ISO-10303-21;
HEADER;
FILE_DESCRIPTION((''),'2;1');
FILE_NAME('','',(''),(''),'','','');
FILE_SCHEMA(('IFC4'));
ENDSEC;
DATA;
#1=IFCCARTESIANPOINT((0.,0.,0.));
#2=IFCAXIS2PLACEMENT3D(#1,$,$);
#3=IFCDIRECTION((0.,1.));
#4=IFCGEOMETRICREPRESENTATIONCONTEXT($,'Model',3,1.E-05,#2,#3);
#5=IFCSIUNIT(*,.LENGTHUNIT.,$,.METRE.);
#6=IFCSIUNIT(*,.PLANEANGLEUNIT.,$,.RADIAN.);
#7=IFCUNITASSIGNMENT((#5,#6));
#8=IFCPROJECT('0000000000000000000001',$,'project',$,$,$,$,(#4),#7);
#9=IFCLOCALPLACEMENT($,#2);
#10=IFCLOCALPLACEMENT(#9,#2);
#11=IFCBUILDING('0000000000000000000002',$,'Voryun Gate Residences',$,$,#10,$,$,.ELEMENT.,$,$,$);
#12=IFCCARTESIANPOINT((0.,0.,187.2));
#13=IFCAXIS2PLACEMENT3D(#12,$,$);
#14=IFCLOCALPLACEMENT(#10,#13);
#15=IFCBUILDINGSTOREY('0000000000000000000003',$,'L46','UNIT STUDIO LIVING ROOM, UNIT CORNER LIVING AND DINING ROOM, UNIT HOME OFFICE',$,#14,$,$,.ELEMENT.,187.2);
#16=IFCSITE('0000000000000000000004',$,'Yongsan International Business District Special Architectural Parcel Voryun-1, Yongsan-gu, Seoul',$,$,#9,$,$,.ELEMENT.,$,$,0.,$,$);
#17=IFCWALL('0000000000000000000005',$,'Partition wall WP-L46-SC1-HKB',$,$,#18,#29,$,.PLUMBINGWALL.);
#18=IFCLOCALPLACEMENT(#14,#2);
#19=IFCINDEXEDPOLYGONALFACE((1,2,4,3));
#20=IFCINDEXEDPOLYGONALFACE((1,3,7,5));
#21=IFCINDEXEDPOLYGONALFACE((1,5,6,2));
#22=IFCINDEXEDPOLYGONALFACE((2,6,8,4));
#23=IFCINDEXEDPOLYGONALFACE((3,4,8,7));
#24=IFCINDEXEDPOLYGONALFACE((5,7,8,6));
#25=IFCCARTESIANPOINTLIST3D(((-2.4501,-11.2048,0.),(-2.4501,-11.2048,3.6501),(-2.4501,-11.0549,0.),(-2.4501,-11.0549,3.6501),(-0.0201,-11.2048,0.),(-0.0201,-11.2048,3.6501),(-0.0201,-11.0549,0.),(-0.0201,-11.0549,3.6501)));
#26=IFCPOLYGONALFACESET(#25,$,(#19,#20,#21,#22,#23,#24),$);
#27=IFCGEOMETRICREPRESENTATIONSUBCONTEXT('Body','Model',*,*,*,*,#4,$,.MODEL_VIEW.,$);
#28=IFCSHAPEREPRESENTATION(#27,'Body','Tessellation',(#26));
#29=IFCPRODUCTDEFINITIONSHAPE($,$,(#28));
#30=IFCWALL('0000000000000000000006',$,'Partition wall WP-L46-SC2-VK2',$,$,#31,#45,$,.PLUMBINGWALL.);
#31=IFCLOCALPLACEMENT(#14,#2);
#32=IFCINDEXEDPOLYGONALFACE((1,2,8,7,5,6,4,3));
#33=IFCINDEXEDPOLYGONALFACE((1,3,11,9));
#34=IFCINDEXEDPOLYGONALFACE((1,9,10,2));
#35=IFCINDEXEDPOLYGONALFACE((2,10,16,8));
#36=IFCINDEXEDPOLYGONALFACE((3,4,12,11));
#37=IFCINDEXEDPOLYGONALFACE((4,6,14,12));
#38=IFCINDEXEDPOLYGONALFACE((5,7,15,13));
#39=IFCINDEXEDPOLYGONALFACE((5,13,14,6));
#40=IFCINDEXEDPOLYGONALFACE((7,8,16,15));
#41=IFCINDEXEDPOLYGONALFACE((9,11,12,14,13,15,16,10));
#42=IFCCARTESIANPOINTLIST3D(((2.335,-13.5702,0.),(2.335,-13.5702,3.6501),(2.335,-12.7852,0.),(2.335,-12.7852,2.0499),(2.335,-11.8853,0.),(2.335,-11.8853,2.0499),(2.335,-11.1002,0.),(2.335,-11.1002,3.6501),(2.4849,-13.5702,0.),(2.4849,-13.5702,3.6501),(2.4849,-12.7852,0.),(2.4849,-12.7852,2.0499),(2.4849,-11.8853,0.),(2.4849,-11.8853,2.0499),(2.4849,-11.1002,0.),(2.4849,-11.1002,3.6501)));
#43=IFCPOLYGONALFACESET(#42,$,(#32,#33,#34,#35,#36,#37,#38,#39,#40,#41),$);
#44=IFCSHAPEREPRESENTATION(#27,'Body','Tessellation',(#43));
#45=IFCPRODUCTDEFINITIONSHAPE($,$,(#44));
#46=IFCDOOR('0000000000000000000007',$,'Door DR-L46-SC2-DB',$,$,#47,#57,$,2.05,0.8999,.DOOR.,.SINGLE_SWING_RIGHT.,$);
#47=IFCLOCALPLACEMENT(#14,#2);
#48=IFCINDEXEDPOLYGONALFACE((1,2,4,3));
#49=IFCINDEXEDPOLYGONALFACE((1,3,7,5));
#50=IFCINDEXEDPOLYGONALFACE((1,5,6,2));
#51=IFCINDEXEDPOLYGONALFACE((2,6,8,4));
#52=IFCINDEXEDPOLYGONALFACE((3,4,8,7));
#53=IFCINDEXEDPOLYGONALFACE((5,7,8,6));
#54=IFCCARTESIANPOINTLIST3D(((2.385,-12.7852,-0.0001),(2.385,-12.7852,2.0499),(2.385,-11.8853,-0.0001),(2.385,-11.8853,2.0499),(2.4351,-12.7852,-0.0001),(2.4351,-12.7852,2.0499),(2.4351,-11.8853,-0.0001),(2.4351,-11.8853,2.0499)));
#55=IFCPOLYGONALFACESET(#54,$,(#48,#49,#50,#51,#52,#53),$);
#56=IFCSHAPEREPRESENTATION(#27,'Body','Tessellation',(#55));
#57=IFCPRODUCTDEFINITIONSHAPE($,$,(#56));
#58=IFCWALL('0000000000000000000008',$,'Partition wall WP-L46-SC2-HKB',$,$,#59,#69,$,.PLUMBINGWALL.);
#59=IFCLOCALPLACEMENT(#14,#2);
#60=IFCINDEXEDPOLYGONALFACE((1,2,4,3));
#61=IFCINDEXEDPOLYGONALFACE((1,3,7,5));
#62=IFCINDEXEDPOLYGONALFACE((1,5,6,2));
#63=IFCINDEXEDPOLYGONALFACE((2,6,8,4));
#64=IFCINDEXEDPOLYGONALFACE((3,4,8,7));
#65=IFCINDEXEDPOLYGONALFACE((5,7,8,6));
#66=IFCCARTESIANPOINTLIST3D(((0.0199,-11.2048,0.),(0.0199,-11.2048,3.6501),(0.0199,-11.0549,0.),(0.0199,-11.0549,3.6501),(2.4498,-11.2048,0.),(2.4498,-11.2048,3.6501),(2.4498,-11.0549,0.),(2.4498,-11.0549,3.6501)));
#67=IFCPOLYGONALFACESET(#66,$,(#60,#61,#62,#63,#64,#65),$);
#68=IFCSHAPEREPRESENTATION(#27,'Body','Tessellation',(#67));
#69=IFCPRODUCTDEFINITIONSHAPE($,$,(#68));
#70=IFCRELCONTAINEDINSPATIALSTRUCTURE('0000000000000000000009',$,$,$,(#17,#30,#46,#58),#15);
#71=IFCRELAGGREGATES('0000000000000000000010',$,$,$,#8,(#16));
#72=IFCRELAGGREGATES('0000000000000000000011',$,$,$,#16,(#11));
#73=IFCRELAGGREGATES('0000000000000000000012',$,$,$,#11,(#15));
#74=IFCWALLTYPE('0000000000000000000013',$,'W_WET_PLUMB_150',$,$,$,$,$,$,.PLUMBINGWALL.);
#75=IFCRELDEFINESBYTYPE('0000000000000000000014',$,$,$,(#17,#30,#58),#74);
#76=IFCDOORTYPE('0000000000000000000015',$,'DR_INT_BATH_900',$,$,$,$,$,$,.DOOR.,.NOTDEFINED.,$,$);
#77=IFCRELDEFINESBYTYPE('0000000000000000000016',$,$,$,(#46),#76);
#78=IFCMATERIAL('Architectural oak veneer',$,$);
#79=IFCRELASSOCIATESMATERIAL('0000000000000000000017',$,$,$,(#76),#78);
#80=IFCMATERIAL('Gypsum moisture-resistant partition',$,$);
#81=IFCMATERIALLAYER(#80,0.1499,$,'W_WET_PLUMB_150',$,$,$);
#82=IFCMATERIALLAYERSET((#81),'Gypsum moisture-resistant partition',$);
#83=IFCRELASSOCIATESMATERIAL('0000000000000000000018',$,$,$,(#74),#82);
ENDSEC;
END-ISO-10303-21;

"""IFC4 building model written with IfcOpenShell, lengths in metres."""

from ifc_helpers import new_model, si_unit, direction, frame, frame_2d, origin, place, context, subcontext, project, spatial, rectangle, extrude, material, layer, layer_set, type_object, element, fill, save


model = new_model("IFC4")

# Units and contexts
model_context = context("Model", 3, precision=1e-05, world=origin(), true_north=direction((0.0, 1.0)))
body_context = subcontext(model_context, "Body", "Model", "MODEL_VIEW")
ifc_project = project(units=[si_unit("LENGTHUNIT", "METRE"), si_unit("PLANEANGLEUNIT", "RADIAN")], contexts=[model_context])

# Site, building, storey
site_placement = place(None, origin())
site = spatial("IfcSite", under=ifc_project, at=site_placement, Name="Yongsan International Business District Special Architectural Parcel Voryun-1, Yongsan-gu, Seoul", CompositionType="ELEMENT", RefElevation=0.0)
building_placement = place(site_placement, origin())
building = spatial("IfcBuilding", under=site, at=building_placement, Name="Voryun Gate Residences", CompositionType="ELEMENT")
storey_placement = place(building_placement, frame((0.0, 0.0, 187.2)))
storey = spatial("IfcBuildingStorey", under=building, at=storey_placement, Name="L46", Description="UNIT STUDIO LIVING ROOM, UNIT CORNER LIVING AND DINING ROOM, UNIT HOME OFFICE", CompositionType="ELEMENT", Elevation=187.2)

# Shared definitions
ifc_material_1 = material(Name="Architectural oak veneer")
door_type_1 = type_object("IfcDoorType", Name="DR_INT_BATH_900", OperationType="NOTDEFINED", PredefinedType="DOOR", material=ifc_material_1)

# Shared definitions
ifc_material_2 = material(Name="Gypsum moisture-resistant partition")
ifc_layer_1 = layer(ifc_material_2, 0.1499, Name="W_WET_PLUMB_150")
ifc_layer_set_1 = layer_set([ifc_layer_1], Name="Gypsum moisture-resistant partition")
wall_type_1 = type_object("IfcWallType", Name="W_WET_PLUMB_150", PredefinedType="PLUMBINGWALL", material=ifc_layer_set_1)

# Wall
wall_1_placement = place(storey_placement, frame((-2.45, -11.1299, 0.0), z_axis=(0.0, 0.0, 1.0), x_axis=(1.0, 0.0, 0.0)))
element("IfcWall", 1, at=wall_1_placement, inside=storey, type_object=wall_type_1, Name="Partition wall WP-L46-SC1-HKB", PredefinedType="PLUMBINGWALL", context=body_context, shape_type="SweptSolid", body=[
    extrude(rectangle(XDim=2.4299, YDim=0.1499, at=frame_2d((1.2148, 0.0))), origin(), (0.0, 0.0, 1.0), 3.6501),
])

# Wall, opening, door
wall_2_placement = place(storey_placement, frame((2.4099, -13.5701, 0.0), z_axis=(0.0, 0.0, 1.0), x_axis=(0.0, 1.0, 0.0)))
wall_2 = element("IfcWall", 2, at=wall_2_placement, inside=storey, type_object=wall_type_1, Name="Partition wall WP-L46-SC2-VK2", PredefinedType="PLUMBINGWALL", context=body_context, shape_type="SweptSolid", body=[
    extrude(rectangle(XDim=2.47, YDim=0.1499, at=frame_2d((1.2349, 0.0))), origin(), (0.0, 0.0, 1.0), 3.6501),
])
opening_1_placement = place(wall_2_placement, frame((0.7849, 0.0, 0.0)))
opening_1 = element("IfcOpeningElement", 3, at=opening_1_placement, cuts=wall_2, PredefinedType="OPENING", context=body_context, shape_type="SweptSolid", body=[
    extrude(rectangle(XDim=0.8999, YDim=2.05, at=frame_2d((0.45, 1.0249))), frame((0.0, 0.085, 0.0), z_axis=(0.0, -1.0, 0.0), x_axis=(1.0, 0.0, 0.0)), (0.0, 0.0, 1.0), 0.1699),
])
door_1_placement = place(opening_1_placement, origin())
door_1 = element("IfcDoor", 4, at=door_1_placement, inside=storey, type_object=door_type_1, Name="Door DR-L46-SC2-DB", OperationType="SINGLE_SWING_RIGHT", OverallHeight=2.05, OverallWidth=0.8999, PredefinedType="DOOR", context=body_context, shape_type="SweptSolid", body=[
    extrude(rectangle(XDim=0.8999, YDim=2.05, at=frame_2d((0.45, 1.0249))), frame((0.0, 0.0249, 0.0), z_axis=(0.0, -1.0, 0.0), x_axis=(1.0, 0.0, 0.0)), (0.0, 0.0, 1.0), 0.05),
])
fill(opening_1, door_1)

# Wall
wall_3_placement = place(storey_placement, frame((0.02, -11.1299, 0.0), z_axis=(0.0, 0.0, 1.0), x_axis=(1.0, 0.0, 0.0)))
element("IfcWall", 5, at=wall_3_placement, inside=storey, type_object=wall_type_1, Name="Partition wall WP-L46-SC2-HKB", PredefinedType="PLUMBINGWALL", context=body_context, shape_type="SweptSolid", body=[
    extrude(rectangle(XDim=2.4299, YDim=0.1499, at=frame_2d((1.2148, 0.0))), origin(), (0.0, 0.0, 1.0), 3.6501),
])

save(model, "model.ifc")
